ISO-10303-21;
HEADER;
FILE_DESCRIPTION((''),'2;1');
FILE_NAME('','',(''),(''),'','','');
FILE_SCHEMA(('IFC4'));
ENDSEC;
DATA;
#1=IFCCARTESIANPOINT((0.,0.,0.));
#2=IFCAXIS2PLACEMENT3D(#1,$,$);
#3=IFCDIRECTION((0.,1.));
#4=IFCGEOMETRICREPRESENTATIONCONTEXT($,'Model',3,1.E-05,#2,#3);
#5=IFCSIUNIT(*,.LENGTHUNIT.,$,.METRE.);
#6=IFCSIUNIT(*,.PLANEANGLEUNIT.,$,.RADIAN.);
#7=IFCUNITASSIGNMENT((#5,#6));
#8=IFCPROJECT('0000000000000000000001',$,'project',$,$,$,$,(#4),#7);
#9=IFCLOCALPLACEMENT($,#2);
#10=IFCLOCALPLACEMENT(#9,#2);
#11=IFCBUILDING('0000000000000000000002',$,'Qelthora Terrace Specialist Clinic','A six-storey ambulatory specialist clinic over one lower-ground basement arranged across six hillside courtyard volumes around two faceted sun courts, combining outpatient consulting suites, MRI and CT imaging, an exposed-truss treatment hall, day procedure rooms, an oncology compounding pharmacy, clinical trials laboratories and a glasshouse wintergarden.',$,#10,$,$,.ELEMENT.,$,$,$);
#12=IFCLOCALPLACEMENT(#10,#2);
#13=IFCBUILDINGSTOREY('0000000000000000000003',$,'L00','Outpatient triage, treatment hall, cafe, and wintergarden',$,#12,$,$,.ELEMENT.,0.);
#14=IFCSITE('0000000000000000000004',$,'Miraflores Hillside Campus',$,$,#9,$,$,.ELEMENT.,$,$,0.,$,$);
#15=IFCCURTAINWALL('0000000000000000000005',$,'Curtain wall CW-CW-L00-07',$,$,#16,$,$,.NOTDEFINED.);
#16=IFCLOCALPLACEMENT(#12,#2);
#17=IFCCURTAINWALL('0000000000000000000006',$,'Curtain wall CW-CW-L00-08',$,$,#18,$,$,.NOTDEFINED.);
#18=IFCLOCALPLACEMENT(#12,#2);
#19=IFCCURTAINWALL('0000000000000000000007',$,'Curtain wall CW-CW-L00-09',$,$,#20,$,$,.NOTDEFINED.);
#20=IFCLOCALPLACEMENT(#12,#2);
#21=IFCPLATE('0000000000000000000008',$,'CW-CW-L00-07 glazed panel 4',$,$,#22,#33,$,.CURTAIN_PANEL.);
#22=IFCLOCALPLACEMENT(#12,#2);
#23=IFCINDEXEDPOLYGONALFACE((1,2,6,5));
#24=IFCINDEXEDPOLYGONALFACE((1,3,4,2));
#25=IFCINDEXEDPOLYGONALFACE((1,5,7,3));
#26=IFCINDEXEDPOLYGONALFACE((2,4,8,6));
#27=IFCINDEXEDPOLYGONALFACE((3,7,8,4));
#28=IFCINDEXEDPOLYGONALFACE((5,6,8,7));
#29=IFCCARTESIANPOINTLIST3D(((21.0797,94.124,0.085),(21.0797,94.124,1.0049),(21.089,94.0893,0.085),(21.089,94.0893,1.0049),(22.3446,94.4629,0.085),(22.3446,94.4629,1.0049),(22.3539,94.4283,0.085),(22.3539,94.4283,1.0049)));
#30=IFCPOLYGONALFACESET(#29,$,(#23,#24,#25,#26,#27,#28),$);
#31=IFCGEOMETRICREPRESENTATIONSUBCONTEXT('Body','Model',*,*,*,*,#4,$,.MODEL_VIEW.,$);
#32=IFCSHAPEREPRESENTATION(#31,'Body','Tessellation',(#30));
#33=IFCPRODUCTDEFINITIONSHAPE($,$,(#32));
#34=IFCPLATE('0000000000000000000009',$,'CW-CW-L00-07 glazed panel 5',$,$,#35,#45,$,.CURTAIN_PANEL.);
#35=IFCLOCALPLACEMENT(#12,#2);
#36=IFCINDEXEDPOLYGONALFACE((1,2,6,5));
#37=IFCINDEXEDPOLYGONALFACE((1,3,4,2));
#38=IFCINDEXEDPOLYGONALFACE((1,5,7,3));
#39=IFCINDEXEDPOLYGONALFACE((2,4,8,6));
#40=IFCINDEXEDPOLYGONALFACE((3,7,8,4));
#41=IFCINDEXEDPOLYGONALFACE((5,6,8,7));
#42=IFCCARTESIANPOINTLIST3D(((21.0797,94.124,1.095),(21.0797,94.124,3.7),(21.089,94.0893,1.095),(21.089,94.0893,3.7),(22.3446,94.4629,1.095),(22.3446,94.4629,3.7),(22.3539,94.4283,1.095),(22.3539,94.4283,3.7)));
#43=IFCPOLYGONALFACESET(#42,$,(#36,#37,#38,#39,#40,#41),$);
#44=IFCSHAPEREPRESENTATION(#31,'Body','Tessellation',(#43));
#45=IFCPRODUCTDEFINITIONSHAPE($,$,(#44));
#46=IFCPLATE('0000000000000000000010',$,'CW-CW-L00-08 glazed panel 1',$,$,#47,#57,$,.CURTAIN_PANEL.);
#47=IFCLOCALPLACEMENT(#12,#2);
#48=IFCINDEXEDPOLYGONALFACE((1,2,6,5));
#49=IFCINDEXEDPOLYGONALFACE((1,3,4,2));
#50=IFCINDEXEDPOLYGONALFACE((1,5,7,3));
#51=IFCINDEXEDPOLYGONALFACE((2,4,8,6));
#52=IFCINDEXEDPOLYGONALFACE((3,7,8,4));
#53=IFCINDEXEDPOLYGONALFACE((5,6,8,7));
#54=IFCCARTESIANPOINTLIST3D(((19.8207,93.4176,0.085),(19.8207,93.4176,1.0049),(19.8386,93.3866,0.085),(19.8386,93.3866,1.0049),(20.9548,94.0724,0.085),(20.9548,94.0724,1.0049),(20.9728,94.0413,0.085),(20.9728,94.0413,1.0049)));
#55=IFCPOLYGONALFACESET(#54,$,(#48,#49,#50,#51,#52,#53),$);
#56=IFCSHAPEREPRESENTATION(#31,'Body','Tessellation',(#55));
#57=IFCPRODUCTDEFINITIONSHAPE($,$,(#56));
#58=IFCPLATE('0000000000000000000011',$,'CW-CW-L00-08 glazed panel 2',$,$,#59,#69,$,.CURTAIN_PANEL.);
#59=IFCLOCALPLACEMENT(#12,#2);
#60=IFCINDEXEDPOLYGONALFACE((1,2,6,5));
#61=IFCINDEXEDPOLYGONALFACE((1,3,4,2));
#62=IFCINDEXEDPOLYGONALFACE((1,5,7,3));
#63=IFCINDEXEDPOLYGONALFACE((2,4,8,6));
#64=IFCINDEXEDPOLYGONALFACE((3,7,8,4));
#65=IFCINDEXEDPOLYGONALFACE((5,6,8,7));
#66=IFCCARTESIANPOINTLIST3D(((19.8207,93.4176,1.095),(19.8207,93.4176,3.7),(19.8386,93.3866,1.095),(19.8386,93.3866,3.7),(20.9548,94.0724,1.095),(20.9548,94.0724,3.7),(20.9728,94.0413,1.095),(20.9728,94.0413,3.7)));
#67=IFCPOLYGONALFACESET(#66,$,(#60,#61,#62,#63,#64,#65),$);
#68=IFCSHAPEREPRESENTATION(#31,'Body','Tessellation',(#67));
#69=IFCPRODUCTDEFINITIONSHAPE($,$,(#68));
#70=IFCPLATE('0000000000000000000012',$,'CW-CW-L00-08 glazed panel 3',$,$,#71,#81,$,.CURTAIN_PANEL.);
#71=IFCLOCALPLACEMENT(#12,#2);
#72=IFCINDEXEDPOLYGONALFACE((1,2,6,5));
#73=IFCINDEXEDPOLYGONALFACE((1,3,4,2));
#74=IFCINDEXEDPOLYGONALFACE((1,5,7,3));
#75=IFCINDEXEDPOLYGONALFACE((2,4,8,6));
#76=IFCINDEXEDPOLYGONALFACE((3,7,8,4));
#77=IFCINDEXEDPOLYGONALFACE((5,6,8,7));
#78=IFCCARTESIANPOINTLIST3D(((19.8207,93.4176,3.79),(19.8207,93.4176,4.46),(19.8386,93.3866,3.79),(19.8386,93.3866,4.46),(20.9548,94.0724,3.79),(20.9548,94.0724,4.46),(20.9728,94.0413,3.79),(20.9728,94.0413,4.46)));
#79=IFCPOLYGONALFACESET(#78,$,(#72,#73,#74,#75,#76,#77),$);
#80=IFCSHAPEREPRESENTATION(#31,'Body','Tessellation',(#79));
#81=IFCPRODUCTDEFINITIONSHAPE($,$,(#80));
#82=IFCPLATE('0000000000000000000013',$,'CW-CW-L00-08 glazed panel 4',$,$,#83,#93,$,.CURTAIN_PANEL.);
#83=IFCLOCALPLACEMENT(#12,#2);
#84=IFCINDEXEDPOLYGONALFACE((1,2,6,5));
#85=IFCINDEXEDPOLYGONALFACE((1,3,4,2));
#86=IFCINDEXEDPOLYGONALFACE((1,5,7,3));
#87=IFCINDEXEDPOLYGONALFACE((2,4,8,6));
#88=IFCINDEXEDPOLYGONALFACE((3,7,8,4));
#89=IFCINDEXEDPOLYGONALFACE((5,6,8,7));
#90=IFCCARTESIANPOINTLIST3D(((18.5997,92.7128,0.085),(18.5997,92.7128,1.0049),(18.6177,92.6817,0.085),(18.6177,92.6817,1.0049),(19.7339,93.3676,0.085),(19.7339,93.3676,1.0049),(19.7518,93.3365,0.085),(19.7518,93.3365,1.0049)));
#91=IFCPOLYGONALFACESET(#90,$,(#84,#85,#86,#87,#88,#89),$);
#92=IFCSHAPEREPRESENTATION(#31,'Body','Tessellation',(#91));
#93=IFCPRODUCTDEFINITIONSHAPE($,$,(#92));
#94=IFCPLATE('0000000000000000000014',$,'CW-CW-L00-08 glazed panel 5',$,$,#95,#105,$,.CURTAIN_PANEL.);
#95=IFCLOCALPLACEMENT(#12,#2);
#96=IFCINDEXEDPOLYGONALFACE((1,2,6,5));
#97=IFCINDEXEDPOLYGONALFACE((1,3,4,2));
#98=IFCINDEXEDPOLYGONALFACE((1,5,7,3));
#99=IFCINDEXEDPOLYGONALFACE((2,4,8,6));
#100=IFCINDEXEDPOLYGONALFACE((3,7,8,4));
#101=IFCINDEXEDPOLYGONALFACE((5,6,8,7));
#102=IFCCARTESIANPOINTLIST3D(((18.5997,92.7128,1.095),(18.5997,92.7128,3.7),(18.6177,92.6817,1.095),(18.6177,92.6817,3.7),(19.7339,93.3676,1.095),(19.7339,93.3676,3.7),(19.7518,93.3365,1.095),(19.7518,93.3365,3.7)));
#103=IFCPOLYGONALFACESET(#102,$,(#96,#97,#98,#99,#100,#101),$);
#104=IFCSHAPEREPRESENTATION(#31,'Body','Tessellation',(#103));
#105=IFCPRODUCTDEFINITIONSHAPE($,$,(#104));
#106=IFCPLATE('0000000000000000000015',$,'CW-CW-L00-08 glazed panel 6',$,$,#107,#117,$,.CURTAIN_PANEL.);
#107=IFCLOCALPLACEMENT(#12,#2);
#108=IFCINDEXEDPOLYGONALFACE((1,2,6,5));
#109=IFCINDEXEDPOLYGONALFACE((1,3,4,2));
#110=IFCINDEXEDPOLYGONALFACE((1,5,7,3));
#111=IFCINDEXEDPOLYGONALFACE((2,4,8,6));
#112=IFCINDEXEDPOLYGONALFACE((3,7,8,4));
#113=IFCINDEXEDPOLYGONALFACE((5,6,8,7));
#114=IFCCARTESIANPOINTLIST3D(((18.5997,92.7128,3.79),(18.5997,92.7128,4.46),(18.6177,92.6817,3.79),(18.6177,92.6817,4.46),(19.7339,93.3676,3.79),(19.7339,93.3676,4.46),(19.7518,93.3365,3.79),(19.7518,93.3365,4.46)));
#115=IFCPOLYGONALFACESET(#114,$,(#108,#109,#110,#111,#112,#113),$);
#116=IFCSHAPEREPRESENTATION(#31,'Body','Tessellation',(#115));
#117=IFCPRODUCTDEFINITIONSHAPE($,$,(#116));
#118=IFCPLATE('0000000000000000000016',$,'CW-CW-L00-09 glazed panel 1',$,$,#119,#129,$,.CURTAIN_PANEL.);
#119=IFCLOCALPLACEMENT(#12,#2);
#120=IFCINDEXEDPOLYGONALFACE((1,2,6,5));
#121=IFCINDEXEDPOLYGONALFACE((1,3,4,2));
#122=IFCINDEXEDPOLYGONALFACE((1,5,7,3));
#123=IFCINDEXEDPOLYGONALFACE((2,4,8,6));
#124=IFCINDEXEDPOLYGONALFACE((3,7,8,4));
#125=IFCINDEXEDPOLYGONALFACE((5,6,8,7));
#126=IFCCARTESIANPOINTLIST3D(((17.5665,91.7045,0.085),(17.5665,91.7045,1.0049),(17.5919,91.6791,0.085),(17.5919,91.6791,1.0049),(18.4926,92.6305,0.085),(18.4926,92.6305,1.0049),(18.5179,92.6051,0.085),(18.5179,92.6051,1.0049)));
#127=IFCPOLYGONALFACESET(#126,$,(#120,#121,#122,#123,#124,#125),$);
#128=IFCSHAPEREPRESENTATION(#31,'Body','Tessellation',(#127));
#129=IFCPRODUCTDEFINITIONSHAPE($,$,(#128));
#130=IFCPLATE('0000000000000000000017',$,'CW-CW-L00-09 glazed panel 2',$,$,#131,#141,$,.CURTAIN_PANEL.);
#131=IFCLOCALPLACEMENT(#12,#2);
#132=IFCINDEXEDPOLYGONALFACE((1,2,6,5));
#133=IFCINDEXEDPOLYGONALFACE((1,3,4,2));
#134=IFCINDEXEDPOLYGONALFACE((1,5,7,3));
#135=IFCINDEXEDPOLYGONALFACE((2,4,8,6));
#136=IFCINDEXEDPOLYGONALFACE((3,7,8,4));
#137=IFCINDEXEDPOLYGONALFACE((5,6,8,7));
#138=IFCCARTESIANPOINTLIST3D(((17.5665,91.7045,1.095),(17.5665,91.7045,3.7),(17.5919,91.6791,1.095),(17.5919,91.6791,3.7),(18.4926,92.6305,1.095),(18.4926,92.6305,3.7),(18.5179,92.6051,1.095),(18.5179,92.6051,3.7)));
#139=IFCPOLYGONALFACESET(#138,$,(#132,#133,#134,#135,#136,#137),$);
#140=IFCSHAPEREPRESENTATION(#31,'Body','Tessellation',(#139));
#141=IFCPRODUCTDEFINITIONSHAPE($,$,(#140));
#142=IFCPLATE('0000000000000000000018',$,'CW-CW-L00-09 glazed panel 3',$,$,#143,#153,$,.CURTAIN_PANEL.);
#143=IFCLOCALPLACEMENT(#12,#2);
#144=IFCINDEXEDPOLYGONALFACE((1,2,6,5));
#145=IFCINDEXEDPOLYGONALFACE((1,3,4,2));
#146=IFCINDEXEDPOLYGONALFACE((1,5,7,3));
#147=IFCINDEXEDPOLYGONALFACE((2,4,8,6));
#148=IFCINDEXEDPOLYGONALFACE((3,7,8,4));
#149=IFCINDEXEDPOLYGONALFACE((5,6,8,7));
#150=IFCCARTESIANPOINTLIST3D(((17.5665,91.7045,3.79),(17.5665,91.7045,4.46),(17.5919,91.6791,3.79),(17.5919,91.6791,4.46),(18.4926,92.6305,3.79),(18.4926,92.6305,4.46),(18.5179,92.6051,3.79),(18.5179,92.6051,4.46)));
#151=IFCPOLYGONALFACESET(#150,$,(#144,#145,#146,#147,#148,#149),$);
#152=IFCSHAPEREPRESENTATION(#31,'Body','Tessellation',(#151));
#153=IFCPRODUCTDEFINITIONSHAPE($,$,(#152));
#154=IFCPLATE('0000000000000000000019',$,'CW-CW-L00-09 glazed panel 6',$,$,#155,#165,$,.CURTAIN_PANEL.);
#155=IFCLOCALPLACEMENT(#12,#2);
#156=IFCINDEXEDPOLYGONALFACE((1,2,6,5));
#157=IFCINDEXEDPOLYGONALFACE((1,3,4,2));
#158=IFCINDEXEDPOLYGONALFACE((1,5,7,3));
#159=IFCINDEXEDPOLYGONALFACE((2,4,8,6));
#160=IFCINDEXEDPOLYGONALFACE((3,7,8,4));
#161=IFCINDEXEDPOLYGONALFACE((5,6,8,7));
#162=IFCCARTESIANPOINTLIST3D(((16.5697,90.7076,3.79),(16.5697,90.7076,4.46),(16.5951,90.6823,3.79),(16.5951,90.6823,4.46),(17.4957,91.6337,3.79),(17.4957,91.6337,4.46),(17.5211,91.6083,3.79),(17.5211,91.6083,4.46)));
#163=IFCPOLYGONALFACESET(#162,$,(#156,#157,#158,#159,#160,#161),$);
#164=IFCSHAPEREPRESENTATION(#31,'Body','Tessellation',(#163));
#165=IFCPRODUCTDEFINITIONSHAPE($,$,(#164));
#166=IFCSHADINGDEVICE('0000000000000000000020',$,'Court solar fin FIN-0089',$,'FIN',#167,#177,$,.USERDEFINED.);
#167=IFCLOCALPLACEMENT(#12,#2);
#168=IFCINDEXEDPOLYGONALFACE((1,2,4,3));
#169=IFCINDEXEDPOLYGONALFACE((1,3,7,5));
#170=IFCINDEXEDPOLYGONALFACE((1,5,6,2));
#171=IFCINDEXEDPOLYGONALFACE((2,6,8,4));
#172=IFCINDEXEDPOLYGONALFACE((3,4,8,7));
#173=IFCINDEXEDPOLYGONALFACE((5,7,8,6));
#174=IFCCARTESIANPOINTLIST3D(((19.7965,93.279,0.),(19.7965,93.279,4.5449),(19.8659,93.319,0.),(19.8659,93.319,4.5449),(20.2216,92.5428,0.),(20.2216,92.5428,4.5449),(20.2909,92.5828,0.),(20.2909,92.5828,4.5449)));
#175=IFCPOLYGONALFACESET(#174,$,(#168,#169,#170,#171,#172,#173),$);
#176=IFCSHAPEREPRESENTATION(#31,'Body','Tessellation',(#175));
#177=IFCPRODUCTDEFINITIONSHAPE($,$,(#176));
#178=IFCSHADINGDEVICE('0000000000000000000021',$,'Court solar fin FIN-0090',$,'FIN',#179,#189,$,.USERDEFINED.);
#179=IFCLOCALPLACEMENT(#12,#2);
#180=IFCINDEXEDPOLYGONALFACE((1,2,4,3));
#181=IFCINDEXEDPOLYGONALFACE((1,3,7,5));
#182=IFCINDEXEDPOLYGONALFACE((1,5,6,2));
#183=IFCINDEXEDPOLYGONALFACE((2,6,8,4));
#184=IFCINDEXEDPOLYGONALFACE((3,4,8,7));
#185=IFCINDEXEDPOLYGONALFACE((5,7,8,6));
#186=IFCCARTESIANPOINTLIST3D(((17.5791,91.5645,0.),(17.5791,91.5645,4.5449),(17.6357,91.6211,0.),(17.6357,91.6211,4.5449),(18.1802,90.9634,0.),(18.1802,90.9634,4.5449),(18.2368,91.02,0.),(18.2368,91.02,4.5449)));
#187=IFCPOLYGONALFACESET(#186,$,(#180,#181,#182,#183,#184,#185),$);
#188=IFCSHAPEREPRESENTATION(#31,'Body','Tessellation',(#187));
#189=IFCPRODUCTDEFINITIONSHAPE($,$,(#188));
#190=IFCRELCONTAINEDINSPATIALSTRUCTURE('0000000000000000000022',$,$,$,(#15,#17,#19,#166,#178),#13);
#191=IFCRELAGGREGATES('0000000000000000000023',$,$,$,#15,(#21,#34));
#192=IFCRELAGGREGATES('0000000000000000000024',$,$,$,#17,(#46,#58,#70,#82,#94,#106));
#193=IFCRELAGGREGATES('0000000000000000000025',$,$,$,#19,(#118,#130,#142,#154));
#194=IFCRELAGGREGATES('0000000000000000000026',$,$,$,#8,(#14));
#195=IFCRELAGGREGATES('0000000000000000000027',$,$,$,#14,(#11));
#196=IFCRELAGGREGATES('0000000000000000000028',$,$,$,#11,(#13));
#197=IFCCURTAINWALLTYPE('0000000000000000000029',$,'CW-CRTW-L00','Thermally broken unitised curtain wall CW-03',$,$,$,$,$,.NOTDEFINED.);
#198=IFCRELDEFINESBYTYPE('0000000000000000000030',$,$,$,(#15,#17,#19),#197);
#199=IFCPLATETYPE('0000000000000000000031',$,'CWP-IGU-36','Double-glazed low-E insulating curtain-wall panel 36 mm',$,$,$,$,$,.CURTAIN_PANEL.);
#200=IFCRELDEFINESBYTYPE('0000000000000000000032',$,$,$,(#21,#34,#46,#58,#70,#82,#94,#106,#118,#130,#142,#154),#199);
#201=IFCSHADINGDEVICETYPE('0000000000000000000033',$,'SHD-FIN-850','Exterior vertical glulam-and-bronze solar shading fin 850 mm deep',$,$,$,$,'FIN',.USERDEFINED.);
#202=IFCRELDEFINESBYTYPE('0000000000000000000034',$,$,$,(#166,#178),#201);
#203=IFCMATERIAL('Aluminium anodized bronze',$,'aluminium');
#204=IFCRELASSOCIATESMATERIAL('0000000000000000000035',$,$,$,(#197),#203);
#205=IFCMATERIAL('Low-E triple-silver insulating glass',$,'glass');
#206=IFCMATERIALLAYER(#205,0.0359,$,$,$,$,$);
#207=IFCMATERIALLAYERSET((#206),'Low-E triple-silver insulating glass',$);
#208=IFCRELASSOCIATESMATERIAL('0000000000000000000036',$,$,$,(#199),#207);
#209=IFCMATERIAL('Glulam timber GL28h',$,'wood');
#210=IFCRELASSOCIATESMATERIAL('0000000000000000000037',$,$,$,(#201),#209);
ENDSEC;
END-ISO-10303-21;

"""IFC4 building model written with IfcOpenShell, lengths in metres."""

from ifc_helpers import new_model, si_unit, direction, frame, origin, origin_2d, place, context, subcontext, project, spatial, rectangle, extrude, material, layer, layer_set, type_object, element, aggregate, save


model = new_model("IFC4")

# Units and contexts
model_context = context("Model", 3, precision=1e-05, world=origin(), true_north=direction((0.0, 1.0)))
body_context = subcontext(model_context, "Body", "Model", "MODEL_VIEW")
ifc_project = project(units=[si_unit("LENGTHUNIT", "METRE"), si_unit("PLANEANGLEUNIT", "RADIAN")], contexts=[model_context])

# Site, building, storey
site_placement = place(None, origin())
site = spatial("IfcSite", under=ifc_project, at=site_placement, Name="Miraflores Hillside Campus", CompositionType="ELEMENT", RefElevation=0.0)
building_placement = place(site_placement, origin())
building = spatial("IfcBuilding", under=site, at=building_placement, Name="Qelthora Terrace Specialist Clinic", Description="A six-storey ambulatory specialist clinic over one lower-ground basement arranged across six hillside courtyard volumes around two faceted sun courts, combining outpatient consulting suites, MRI and CT imaging, an exposed-truss treatment hall, day procedure rooms, an oncology compounding pharmacy, clinical trials laboratories and a glasshouse wintergarden.", CompositionType="ELEMENT")
storey_placement = place(building_placement, origin())
storey = spatial("IfcBuildingStorey", under=building, at=storey_placement, Name="L00", Description="Outpatient triage, treatment hall, cafe, and wintergarden", CompositionType="ELEMENT", Elevation=0.0)

# Curtain wall
ifc_material_1 = material(Name="Aluminium anodized bronze", Category="aluminium")
curtain_wall_type = type_object("IfcCurtainWallType", Name="CW-CRTW-L00", Description="Thermally broken unitised curtain wall CW-03", PredefinedType="NOTDEFINED", material=ifc_material_1)
curtain_wall_1_placement = place(storey_placement, origin())
curtain_wall_1 = element("IfcCurtainWall", 1, at=curtain_wall_1_placement, inside=storey, type_object=curtain_wall_type, Name="Curtain wall CW-CW-L00-07", PredefinedType="NOTDEFINED")

# Curtain walls
curtain_wall_2_placement = place(storey_placement, origin())
curtain_wall_2 = element("IfcCurtainWall", 2, at=curtain_wall_2_placement, inside=storey, type_object=curtain_wall_type, Name="Curtain wall CW-CW-L00-08", PredefinedType="NOTDEFINED")
curtain_wall_3_placement = place(storey_placement, origin())
curtain_wall_3 = element("IfcCurtainWall", 3, at=curtain_wall_3_placement, inside=storey, type_object=curtain_wall_type, Name="Curtain wall CW-CW-L00-09", PredefinedType="NOTDEFINED")

# Plates
ifc_material_2 = material(Name="Low-E triple-silver insulating glass", Category="glass")
ifc_layer = layer(ifc_material_2, 0.0359)
ifc_layer_set = layer_set([ifc_layer], Name="Low-E triple-silver insulating glass")
plate_type = type_object("IfcPlateType", Name="CWP-IGU-36", Description="Double-glazed low-E insulating curtain-wall panel 36 mm", PredefinedType="CURTAIN_PANEL", material=ifc_layer_set)
plate_1_placement = place(storey_placement, frame((21.7168, 94.2761, 0.085), z_axis=(0.0, 0.0, 1.0), x_axis=(-0.965925, -0.258821, 0.0)))
plate_1 = element("IfcPlate", 4, at=plate_1_placement, type_object=plate_type, Name="CW-CW-L00-07 glazed panel 4", PredefinedType="CURTAIN_PANEL", context=body_context, shape_type="SweptSolid", body=[
    extrude(rectangle(XDim=1.3096, YDim=0.0359, at=origin_2d()), origin(), (0.0, 0.0, 1.0), 0.9199),
])
plate_2_placement = place(storey_placement, frame((21.7168, 94.2761, 1.095), z_axis=(0.0, 0.0, 1.0), x_axis=(-0.965925, -0.258821, 0.0)))
plate_2 = element("IfcPlate", 5, at=plate_2_placement, type_object=plate_type, Name="CW-CW-L00-07 glazed panel 5", PredefinedType="CURTAIN_PANEL", context=body_context, shape_type="SweptSolid", body=[
    extrude(rectangle(XDim=1.3096, YDim=0.0359, at=origin_2d()), origin(), (0.0, 0.0, 1.0), 2.605),
])
aggregate(curtain_wall_1, [plate_1, plate_2])
plate_3_placement = place(storey_placement, frame((20.3967, 93.7295, 0.085), z_axis=(0.0, 0.0, 1.0), x_axis=(-0.866025, -0.5, 0.0)))
plate_3 = element("IfcPlate", 6, at=plate_3_placement, type_object=plate_type, Name="CW-CW-L00-08 glazed panel 1", PredefinedType="CURTAIN_PANEL", context=body_context, shape_type="SweptSolid", body=[
    extrude(rectangle(XDim=1.3096, YDim=0.0359, at=origin_2d()), origin(), (0.0, 0.0, 1.0), 0.9199),
])
plate_4_placement = place(storey_placement, frame((20.3967, 93.7295, 1.095), z_axis=(0.0, 0.0, 1.0), x_axis=(-0.866025, -0.5, 0.0)))
plate_4 = element("IfcPlate", 7, at=plate_4_placement, type_object=plate_type, Name="CW-CW-L00-08 glazed panel 2", PredefinedType="CURTAIN_PANEL", context=body_context, shape_type="SweptSolid", body=[
    extrude(rectangle(XDim=1.3096, YDim=0.0359, at=origin_2d()), origin(), (0.0, 0.0, 1.0), 2.605),
])
plate_5_placement = place(storey_placement, frame((20.3967, 93.7295, 3.79), z_axis=(0.0, 0.0, 1.0), x_axis=(-0.866025, -0.5, 0.0)))
plate_5 = element("IfcPlate", 8, at=plate_5_placement, type_object=plate_type, Name="CW-CW-L00-08 glazed panel 3", PredefinedType="CURTAIN_PANEL", context=body_context, shape_type="SweptSolid", body=[
    extrude(rectangle(XDim=1.3096, YDim=0.0359, at=origin_2d()), origin(), (0.0, 0.0, 1.0), 0.6699),
])
plate_6_placement = place(storey_placement, frame((19.1758, 93.0247, 0.085), z_axis=(0.0, 0.0, 1.0), x_axis=(-0.866025, -0.5, 0.0)))
plate_6 = element("IfcPlate", 9, at=plate_6_placement, type_object=plate_type, Name="CW-CW-L00-08 glazed panel 4", PredefinedType="CURTAIN_PANEL", context=body_context, shape_type="SweptSolid", body=[
    extrude(rectangle(XDim=1.3096, YDim=0.0359, at=origin_2d()), origin(), (0.0, 0.0, 1.0), 0.9199),
])
plate_7_placement = place(storey_placement, frame((19.1758, 93.0247, 1.095), z_axis=(0.0, 0.0, 1.0), x_axis=(-0.866025, -0.5, 0.0)))
plate_7 = element("IfcPlate", 10, at=plate_7_placement, type_object=plate_type, Name="CW-CW-L00-08 glazed panel 5", PredefinedType="CURTAIN_PANEL", context=body_context, shape_type="SweptSolid", body=[
    extrude(rectangle(XDim=1.3096, YDim=0.0359, at=origin_2d()), origin(), (0.0, 0.0, 1.0), 2.605),
])
plate_8_placement = place(storey_placement, frame((19.1758, 93.0247, 3.79), z_axis=(0.0, 0.0, 1.0), x_axis=(-0.866025, -0.5, 0.0)))
plate_8 = element("IfcPlate", 11, at=plate_8_placement, type_object=plate_type, Name="CW-CW-L00-08 glazed panel 6", PredefinedType="CURTAIN_PANEL", context=body_context, shape_type="SweptSolid", body=[
    extrude(rectangle(XDim=1.3096, YDim=0.0359, at=origin_2d()), origin(), (0.0, 0.0, 1.0), 0.6699),
])
aggregate(curtain_wall_2, [plate_3, plate_4, plate_5, plate_6, plate_7, plate_8])
plate_9_placement = place(storey_placement, frame((18.0422, 92.1548, 0.085), z_axis=(0.0, 0.0, 1.0), x_axis=(-0.707107, -0.707107, 0.0)))
plate_9 = element("IfcPlate", 12, at=plate_9_placement, type_object=plate_type, Name="CW-CW-L00-09 glazed panel 1", PredefinedType="CURTAIN_PANEL", context=body_context, shape_type="SweptSolid", body=[
    extrude(rectangle(XDim=1.3096, YDim=0.0359, at=origin_2d()), origin(), (0.0, 0.0, 1.0), 0.9199),
])
plate_10_placement = place(storey_placement, frame((18.0422, 92.1548, 1.095), z_axis=(0.0, 0.0, 1.0), x_axis=(-0.707107, -0.707107, 0.0)))
plate_10 = element("IfcPlate", 13, at=plate_10_placement, type_object=plate_type, Name="CW-CW-L00-09 glazed panel 2", PredefinedType="CURTAIN_PANEL", context=body_context, shape_type="SweptSolid", body=[
    extrude(rectangle(XDim=1.3096, YDim=0.0359, at=origin_2d()), origin(), (0.0, 0.0, 1.0), 2.605),
])
plate_11_placement = place(storey_placement, frame((18.0422, 92.1548, 3.79), z_axis=(0.0, 0.0, 1.0), x_axis=(-0.707107, -0.707107, 0.0)))
plate_11 = element("IfcPlate", 14, at=plate_11_placement, type_object=plate_type, Name="CW-CW-L00-09 glazed panel 3", PredefinedType="CURTAIN_PANEL", context=body_context, shape_type="SweptSolid", body=[
    extrude(rectangle(XDim=1.3096, YDim=0.0359, at=origin_2d()), origin(), (0.0, 0.0, 1.0), 0.6699),
])
plate_12_placement = place(storey_placement, frame((17.0454, 91.158, 3.79), z_axis=(0.0, 0.0, 1.0), x_axis=(-0.707107, -0.707107, 0.0)))
plate_12 = element("IfcPlate", 15, at=plate_12_placement, type_object=plate_type, Name="CW-CW-L00-09 glazed panel 6", PredefinedType="CURTAIN_PANEL", context=body_context, shape_type="SweptSolid", body=[
    extrude(rectangle(XDim=1.3096, YDim=0.0359, at=origin_2d()), origin(), (0.0, 0.0, 1.0), 0.6699),
])
aggregate(curtain_wall_3, [plate_9, plate_10, plate_11, plate_12])

# Shading devices
ifc_material_3 = material(Name="Glulam timber GL28h", Category="wood")
shading_device_type = type_object("IfcShadingDeviceType", Name="SHD-FIN-850", Description="Exterior vertical glulam-and-bronze solar shading fin 850 mm deep", ElementType="FIN", PredefinedType="USERDEFINED", material=ifc_material_3)
for number, where, z_axis, x_axis, name in (
    (16, (20.0437, 92.9309, 0.0), (0.0, 0.0, 1.0), (0.5, -0.866025, 0.0), "Court solar fin FIN-0089"),
    (17, (17.908, 91.2922, 0.0), (0.0, 0.0, 1.0), (0.707107, -0.707107, 0.0), "Court solar fin FIN-0090"),
):
    element("IfcShadingDevice", number, at=place(storey_placement, frame(where, z_axis=z_axis, x_axis=x_axis)), inside=storey, type_object=shading_device_type, Name=name, ObjectType="FIN", PredefinedType="USERDEFINED", context=body_context, shape_type="SweptSolid", body=[
        extrude(rectangle(XDim=0.8501, YDim=0.0801, at=origin_2d()), origin(), (0.0, 0.0, 1.0), 4.5449),
    ])

save(model, "model.ifc")
